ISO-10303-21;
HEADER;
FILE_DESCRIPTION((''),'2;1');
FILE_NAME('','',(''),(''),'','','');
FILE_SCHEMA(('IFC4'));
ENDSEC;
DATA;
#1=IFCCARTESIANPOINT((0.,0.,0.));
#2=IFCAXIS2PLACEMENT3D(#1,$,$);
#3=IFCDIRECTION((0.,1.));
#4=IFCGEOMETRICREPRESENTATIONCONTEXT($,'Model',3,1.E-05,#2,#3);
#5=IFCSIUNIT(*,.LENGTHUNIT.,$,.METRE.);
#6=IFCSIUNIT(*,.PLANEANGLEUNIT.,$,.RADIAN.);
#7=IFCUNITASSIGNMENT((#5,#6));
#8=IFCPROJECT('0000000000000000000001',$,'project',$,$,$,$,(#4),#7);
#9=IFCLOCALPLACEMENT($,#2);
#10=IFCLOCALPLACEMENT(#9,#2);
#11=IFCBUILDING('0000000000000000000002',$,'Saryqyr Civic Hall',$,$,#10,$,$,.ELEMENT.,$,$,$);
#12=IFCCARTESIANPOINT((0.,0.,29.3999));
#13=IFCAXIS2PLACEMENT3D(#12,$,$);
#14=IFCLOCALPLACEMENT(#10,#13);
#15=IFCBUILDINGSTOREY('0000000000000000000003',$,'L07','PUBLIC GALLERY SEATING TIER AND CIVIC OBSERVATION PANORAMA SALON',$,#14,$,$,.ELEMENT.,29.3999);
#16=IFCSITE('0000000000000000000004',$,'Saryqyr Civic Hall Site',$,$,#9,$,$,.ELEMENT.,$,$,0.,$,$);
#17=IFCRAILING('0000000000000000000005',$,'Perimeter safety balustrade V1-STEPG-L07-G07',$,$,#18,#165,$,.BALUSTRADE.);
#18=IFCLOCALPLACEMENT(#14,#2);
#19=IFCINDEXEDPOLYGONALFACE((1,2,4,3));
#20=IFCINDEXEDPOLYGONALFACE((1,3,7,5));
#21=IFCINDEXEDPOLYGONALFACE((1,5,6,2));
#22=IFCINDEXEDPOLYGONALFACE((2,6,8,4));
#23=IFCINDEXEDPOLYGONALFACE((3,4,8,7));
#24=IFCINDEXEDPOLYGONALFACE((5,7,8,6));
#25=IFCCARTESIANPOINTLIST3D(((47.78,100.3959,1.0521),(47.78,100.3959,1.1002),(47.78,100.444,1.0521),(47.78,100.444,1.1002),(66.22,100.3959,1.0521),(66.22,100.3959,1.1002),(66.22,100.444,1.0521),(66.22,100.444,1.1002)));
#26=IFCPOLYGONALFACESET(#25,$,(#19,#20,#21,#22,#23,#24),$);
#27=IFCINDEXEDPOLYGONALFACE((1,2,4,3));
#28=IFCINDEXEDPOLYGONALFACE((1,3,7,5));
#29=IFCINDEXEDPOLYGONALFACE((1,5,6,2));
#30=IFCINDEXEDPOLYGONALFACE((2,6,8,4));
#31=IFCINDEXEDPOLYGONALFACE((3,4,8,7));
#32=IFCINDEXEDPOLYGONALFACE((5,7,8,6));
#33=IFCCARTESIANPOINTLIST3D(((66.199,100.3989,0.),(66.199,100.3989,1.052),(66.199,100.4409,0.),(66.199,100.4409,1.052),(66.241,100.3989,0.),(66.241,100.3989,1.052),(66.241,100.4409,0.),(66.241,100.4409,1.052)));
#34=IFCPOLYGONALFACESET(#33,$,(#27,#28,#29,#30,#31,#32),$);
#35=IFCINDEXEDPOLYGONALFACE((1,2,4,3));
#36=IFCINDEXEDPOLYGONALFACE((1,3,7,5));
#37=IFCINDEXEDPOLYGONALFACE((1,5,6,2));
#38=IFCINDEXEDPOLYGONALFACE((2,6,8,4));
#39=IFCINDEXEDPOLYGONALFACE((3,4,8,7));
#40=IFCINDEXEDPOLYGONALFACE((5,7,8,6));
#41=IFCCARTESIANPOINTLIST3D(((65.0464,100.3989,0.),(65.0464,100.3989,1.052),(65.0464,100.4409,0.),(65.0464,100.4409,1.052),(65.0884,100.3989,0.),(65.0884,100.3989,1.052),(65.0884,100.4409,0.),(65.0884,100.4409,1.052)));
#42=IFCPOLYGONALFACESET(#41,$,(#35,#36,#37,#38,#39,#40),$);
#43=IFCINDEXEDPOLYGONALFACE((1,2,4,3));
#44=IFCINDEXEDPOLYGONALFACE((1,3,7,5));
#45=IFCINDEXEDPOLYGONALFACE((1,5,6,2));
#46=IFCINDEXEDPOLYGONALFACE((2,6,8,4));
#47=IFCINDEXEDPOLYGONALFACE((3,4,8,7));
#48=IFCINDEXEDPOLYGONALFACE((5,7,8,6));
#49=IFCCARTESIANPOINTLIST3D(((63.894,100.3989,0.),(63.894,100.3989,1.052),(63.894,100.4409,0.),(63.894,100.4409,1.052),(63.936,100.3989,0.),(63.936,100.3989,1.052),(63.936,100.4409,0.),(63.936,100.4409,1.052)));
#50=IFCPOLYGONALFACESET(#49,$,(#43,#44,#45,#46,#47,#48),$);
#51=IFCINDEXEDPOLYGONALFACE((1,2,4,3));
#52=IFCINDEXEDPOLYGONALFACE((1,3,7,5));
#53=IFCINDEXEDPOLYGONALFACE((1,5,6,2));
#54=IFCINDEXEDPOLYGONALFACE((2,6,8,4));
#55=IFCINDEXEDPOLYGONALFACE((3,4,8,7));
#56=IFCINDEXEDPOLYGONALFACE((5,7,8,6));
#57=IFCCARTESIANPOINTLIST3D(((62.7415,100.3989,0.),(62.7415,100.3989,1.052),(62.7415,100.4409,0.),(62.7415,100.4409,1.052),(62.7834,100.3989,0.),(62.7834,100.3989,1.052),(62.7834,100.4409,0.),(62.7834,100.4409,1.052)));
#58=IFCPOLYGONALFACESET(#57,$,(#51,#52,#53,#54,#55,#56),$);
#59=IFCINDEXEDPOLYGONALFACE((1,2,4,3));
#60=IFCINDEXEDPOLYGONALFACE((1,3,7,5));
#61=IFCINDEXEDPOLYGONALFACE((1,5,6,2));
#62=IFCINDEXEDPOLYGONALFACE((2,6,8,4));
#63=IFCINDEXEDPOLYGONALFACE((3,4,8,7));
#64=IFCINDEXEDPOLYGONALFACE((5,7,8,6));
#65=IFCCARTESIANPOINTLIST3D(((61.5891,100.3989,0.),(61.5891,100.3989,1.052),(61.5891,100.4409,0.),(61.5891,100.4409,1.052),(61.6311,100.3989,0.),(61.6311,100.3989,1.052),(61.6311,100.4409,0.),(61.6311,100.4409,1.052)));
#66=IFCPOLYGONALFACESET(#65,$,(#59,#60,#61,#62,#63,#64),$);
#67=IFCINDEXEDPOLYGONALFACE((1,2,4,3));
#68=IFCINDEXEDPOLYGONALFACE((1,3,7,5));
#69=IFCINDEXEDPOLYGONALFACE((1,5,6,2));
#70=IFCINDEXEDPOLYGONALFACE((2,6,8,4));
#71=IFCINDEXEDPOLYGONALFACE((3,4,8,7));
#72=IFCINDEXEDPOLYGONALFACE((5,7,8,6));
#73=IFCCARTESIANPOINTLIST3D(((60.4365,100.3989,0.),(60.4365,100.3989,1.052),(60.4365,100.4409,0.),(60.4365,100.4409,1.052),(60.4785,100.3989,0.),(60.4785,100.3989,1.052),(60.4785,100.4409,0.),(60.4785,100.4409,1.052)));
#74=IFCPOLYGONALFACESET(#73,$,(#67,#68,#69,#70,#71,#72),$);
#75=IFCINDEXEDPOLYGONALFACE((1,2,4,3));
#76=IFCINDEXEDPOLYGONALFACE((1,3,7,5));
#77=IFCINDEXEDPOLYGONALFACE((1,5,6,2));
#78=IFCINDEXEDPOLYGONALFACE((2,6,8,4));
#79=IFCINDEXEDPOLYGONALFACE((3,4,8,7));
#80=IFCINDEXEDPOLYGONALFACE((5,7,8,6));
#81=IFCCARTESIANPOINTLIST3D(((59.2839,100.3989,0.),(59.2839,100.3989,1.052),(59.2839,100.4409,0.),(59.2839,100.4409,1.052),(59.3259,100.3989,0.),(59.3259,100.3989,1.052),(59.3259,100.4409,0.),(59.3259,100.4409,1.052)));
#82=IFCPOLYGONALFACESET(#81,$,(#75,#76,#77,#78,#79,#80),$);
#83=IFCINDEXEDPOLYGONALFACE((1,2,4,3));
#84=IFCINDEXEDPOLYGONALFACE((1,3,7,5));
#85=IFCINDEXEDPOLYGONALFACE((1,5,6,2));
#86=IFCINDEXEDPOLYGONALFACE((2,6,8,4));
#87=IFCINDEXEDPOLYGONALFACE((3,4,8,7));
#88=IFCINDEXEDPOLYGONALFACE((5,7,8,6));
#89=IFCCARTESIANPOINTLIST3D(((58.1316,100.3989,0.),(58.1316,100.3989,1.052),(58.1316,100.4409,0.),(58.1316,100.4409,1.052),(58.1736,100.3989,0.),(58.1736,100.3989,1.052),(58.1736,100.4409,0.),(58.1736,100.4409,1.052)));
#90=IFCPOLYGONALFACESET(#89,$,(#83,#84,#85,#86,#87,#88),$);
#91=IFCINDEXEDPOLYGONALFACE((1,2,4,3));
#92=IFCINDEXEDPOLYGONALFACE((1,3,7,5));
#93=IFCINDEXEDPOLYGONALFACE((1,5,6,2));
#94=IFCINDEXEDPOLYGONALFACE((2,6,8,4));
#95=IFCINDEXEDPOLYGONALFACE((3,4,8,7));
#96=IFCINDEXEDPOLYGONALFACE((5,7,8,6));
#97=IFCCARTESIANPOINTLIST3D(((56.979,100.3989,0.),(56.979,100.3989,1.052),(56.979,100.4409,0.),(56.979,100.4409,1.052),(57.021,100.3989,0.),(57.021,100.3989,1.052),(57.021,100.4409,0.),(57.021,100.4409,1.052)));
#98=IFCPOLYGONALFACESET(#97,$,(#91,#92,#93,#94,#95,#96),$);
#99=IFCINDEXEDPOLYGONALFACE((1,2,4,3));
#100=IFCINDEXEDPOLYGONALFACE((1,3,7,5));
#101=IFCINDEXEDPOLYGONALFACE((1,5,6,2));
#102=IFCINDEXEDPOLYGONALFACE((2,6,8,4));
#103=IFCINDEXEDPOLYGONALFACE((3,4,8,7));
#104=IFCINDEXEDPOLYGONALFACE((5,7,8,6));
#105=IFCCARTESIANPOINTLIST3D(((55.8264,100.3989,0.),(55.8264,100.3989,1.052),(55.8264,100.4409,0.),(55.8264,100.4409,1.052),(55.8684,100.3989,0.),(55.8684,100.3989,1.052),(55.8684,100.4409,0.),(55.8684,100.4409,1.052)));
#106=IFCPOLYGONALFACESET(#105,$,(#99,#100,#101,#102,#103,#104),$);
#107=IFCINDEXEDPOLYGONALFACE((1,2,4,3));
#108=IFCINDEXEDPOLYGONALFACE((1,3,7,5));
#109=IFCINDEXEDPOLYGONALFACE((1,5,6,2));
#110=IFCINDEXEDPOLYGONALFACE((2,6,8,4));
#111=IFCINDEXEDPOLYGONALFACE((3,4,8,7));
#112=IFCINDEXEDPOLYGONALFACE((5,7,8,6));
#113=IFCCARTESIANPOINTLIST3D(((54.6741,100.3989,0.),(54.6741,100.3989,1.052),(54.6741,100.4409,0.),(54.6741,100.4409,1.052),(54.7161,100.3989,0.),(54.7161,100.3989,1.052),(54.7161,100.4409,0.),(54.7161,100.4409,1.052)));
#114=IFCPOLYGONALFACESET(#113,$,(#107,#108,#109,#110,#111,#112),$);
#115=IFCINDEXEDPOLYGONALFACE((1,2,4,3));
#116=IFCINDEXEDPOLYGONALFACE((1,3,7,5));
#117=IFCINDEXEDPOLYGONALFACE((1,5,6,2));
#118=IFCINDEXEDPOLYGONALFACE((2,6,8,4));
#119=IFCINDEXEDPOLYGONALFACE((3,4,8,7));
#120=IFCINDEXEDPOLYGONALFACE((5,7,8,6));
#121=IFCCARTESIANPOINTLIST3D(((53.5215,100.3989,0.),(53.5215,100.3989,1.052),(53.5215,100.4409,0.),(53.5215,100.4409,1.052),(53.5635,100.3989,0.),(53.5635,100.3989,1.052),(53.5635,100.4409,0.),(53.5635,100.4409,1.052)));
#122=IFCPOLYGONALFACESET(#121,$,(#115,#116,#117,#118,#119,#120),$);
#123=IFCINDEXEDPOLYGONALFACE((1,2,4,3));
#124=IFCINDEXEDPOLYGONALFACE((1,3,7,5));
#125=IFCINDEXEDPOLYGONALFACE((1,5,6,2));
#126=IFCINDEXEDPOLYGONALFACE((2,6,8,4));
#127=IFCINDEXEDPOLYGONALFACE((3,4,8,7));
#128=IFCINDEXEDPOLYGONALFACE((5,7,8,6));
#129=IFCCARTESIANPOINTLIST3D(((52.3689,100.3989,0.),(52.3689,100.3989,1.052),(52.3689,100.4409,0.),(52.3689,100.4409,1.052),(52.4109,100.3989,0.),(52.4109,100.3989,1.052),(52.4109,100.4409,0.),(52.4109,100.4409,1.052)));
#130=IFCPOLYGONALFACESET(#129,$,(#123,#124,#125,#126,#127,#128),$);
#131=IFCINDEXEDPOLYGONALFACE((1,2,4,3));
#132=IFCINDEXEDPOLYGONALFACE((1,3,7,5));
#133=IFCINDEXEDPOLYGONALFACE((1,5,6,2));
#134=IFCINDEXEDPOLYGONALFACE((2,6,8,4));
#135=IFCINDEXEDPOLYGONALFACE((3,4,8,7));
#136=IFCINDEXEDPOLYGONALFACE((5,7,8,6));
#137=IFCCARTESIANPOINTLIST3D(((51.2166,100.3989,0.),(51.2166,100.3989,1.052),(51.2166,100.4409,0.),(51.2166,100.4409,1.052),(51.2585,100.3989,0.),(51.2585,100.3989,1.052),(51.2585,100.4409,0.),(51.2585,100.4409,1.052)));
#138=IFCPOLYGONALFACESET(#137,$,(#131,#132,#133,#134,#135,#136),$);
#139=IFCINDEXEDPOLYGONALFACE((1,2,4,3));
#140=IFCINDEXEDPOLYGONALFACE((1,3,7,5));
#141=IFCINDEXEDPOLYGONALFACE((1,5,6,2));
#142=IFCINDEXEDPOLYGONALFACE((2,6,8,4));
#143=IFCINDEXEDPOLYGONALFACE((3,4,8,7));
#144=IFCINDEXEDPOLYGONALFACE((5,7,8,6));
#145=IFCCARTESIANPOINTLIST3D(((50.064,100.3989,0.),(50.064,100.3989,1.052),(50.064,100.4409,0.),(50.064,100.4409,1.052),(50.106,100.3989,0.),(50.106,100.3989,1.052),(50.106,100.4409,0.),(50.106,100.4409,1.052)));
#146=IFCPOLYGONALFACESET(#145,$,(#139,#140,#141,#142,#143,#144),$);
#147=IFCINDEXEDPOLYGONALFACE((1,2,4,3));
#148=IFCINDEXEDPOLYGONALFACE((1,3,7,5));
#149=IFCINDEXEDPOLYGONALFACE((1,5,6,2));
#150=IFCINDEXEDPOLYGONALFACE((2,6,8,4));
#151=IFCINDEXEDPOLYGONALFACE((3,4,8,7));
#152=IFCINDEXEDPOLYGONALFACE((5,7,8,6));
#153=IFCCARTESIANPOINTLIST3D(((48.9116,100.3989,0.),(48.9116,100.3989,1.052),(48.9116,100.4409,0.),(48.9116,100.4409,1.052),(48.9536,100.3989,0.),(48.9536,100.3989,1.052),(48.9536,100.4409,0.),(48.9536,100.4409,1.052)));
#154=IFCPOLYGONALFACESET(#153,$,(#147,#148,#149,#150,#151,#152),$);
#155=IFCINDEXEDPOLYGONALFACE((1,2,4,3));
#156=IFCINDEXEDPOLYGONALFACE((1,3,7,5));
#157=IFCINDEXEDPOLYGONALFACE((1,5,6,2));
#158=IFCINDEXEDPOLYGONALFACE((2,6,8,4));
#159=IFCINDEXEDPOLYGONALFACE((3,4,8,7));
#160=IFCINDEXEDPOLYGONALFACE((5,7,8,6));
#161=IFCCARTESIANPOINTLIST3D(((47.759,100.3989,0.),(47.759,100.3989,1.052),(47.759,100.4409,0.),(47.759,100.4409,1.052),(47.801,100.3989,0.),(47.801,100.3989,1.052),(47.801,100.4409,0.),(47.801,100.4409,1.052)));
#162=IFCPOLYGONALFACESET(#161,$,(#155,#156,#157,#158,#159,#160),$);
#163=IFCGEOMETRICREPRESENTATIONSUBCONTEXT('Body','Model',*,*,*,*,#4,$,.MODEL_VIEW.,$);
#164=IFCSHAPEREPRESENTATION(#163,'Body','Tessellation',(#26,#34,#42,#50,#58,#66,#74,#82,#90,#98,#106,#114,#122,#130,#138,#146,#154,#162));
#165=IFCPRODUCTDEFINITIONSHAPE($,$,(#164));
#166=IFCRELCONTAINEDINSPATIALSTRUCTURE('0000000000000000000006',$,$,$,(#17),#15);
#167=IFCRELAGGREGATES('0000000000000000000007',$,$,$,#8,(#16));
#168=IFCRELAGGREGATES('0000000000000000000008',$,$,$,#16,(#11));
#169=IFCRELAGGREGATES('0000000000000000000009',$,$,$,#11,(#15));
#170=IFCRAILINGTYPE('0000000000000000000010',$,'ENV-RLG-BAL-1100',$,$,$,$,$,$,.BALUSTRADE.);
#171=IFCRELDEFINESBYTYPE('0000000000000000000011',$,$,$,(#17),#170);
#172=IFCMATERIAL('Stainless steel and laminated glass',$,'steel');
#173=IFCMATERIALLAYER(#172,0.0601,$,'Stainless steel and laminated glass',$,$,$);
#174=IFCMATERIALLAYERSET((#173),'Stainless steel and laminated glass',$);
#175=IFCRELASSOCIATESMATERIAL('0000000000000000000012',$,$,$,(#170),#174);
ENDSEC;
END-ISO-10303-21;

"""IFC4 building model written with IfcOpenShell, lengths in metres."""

from ifc_helpers import new_model, si_unit, direction, frame, origin, origin_2d, place, context, subcontext, project, spatial, rectangle, extrude, material, layer, layer_set, type_object, element, save


model = new_model("IFC4")

# Units and contexts
model_context = context("Model", 3, precision=1e-05, world=origin(), true_north=direction((0.0, 1.0)))
body_context = subcontext(model_context, "Body", "Model", "MODEL_VIEW")
ifc_project = project(units=[si_unit("LENGTHUNIT", "METRE"), si_unit("PLANEANGLEUNIT", "RADIAN")], contexts=[model_context])

# Site, building, storey
site_placement = place(None, origin())
site = spatial("IfcSite", under=ifc_project, at=site_placement, Name="Saryqyr Civic Hall Site", CompositionType="ELEMENT", RefElevation=0.0)
building_placement = place(site_placement, origin())
building = spatial("IfcBuilding", under=site, at=building_placement, Name="Saryqyr Civic Hall", CompositionType="ELEMENT")
storey_placement = place(building_placement, frame((0.0, 0.0, 29.3999)))
storey = spatial("IfcBuildingStorey", under=building, at=storey_placement, Name="L07", Description="PUBLIC GALLERY SEATING TIER AND CIVIC OBSERVATION PANORAMA SALON", CompositionType="ELEMENT", Elevation=29.3999)

# Railing
ifc_material_1 = material(Name="Stainless steel and laminated glass", Category="steel")
ifc_layer_1 = layer(ifc_material_1, 0.0601, Name="Stainless steel and laminated glass")
ifc_layer_set_1 = layer_set([ifc_layer_1], Name="Stainless steel and laminated glass")
railing_type = type_object("IfcRailingType", Name="ENV-RLG-BAL-1100", PredefinedType="BALUSTRADE", material=ifc_layer_set_1)
railing_1_placement = place(storey_placement, frame((66.22, 100.4199, 0.0)))
element("IfcRailing", 1, at=railing_1_placement, inside=storey, type_object=railing_type, Name="Perimeter safety balustrade V1-STEPG-L07-G07", PredefinedType="BALUSTRADE", context=body_context, shape_type="SweptSolid", body=[
    extrude(rectangle(XDim=0.0481, YDim=0.0481, at=origin_2d()), frame((0.0, 0.0, 1.0762), z_axis=(-1.0, 0.0, 0.0), x_axis=(0.0, -1.0, 0.0)), (0.0, 0.0, 1.0), 18.4399),
    extrude(rectangle(XDim=0.042, YDim=0.042, at=origin_2d()), origin(), (0.0, 0.0, 1.0), 1.052),
    extrude(rectangle(XDim=0.042, YDim=0.042, at=origin_2d()), frame((-1.1526, 0.0, 0.0)), (0.0, 0.0, 1.0), 1.052),
    extrude(rectangle(XDim=0.042, YDim=0.042, at=origin_2d()), frame((-2.3049, 0.0, 0.0)), (0.0, 0.0, 1.0), 1.052),
    extrude(rectangle(XDim=0.042, YDim=0.042, at=origin_2d()), frame((-3.4575, 0.0, 0.0)), (0.0, 0.0, 1.0), 1.052),
    extrude(rectangle(XDim=0.042, YDim=0.042, at=origin_2d()), frame((-4.6099, 0.0, 0.0)), (0.0, 0.0, 1.0), 1.052),
    extrude(rectangle(XDim=0.042, YDim=0.042, at=origin_2d()), frame((-5.7625, 0.0, 0.0)), (0.0, 0.0, 1.0), 1.052),
    extrude(rectangle(XDim=0.042, YDim=0.042, at=origin_2d()), frame((-6.915, 0.0, 0.0)), (0.0, 0.0, 1.0), 1.052),
    extrude(rectangle(XDim=0.042, YDim=0.042, at=origin_2d()), frame((-8.0674, 0.0, 0.0)), (0.0, 0.0, 1.0), 1.052),
    extrude(rectangle(XDim=0.042, YDim=0.042, at=origin_2d()), frame((-9.22, 0.0, 0.0)), (0.0, 0.0, 1.0), 1.052),
    extrude(rectangle(XDim=0.042, YDim=0.042, at=origin_2d()), frame((-10.3726, 0.0, 0.0)), (0.0, 0.0, 1.0), 1.052),
    extrude(rectangle(XDim=0.042, YDim=0.042, at=origin_2d()), frame((-11.5249, 0.0, 0.0)), (0.0, 0.0, 1.0), 1.052),
    extrude(rectangle(XDim=0.042, YDim=0.042, at=origin_2d()), frame((-12.6775, 0.0, 0.0)), (0.0, 0.0, 1.0), 1.052),
    extrude(rectangle(XDim=0.042, YDim=0.042, at=origin_2d()), frame((-13.8301, 0.0, 0.0)), (0.0, 0.0, 1.0), 1.052),
    extrude(rectangle(XDim=0.042, YDim=0.042, at=origin_2d()), frame((-14.9824, 0.0, 0.0)), (0.0, 0.0, 1.0), 1.052),
    extrude(rectangle(XDim=0.042, YDim=0.042, at=origin_2d()), frame((-16.135, 0.0, 0.0)), (0.0, 0.0, 1.0), 1.052),
    extrude(rectangle(XDim=0.042, YDim=0.042, at=origin_2d()), frame((-17.2874, 0.0, 0.0)), (0.0, 0.0, 1.0), 1.052),
    extrude(rectangle(XDim=0.042, YDim=0.042, at=origin_2d()), frame((-18.4399, 0.0, 0.0)), (0.0, 0.0, 1.0), 1.052),
])

save(model, "model.ifc")
